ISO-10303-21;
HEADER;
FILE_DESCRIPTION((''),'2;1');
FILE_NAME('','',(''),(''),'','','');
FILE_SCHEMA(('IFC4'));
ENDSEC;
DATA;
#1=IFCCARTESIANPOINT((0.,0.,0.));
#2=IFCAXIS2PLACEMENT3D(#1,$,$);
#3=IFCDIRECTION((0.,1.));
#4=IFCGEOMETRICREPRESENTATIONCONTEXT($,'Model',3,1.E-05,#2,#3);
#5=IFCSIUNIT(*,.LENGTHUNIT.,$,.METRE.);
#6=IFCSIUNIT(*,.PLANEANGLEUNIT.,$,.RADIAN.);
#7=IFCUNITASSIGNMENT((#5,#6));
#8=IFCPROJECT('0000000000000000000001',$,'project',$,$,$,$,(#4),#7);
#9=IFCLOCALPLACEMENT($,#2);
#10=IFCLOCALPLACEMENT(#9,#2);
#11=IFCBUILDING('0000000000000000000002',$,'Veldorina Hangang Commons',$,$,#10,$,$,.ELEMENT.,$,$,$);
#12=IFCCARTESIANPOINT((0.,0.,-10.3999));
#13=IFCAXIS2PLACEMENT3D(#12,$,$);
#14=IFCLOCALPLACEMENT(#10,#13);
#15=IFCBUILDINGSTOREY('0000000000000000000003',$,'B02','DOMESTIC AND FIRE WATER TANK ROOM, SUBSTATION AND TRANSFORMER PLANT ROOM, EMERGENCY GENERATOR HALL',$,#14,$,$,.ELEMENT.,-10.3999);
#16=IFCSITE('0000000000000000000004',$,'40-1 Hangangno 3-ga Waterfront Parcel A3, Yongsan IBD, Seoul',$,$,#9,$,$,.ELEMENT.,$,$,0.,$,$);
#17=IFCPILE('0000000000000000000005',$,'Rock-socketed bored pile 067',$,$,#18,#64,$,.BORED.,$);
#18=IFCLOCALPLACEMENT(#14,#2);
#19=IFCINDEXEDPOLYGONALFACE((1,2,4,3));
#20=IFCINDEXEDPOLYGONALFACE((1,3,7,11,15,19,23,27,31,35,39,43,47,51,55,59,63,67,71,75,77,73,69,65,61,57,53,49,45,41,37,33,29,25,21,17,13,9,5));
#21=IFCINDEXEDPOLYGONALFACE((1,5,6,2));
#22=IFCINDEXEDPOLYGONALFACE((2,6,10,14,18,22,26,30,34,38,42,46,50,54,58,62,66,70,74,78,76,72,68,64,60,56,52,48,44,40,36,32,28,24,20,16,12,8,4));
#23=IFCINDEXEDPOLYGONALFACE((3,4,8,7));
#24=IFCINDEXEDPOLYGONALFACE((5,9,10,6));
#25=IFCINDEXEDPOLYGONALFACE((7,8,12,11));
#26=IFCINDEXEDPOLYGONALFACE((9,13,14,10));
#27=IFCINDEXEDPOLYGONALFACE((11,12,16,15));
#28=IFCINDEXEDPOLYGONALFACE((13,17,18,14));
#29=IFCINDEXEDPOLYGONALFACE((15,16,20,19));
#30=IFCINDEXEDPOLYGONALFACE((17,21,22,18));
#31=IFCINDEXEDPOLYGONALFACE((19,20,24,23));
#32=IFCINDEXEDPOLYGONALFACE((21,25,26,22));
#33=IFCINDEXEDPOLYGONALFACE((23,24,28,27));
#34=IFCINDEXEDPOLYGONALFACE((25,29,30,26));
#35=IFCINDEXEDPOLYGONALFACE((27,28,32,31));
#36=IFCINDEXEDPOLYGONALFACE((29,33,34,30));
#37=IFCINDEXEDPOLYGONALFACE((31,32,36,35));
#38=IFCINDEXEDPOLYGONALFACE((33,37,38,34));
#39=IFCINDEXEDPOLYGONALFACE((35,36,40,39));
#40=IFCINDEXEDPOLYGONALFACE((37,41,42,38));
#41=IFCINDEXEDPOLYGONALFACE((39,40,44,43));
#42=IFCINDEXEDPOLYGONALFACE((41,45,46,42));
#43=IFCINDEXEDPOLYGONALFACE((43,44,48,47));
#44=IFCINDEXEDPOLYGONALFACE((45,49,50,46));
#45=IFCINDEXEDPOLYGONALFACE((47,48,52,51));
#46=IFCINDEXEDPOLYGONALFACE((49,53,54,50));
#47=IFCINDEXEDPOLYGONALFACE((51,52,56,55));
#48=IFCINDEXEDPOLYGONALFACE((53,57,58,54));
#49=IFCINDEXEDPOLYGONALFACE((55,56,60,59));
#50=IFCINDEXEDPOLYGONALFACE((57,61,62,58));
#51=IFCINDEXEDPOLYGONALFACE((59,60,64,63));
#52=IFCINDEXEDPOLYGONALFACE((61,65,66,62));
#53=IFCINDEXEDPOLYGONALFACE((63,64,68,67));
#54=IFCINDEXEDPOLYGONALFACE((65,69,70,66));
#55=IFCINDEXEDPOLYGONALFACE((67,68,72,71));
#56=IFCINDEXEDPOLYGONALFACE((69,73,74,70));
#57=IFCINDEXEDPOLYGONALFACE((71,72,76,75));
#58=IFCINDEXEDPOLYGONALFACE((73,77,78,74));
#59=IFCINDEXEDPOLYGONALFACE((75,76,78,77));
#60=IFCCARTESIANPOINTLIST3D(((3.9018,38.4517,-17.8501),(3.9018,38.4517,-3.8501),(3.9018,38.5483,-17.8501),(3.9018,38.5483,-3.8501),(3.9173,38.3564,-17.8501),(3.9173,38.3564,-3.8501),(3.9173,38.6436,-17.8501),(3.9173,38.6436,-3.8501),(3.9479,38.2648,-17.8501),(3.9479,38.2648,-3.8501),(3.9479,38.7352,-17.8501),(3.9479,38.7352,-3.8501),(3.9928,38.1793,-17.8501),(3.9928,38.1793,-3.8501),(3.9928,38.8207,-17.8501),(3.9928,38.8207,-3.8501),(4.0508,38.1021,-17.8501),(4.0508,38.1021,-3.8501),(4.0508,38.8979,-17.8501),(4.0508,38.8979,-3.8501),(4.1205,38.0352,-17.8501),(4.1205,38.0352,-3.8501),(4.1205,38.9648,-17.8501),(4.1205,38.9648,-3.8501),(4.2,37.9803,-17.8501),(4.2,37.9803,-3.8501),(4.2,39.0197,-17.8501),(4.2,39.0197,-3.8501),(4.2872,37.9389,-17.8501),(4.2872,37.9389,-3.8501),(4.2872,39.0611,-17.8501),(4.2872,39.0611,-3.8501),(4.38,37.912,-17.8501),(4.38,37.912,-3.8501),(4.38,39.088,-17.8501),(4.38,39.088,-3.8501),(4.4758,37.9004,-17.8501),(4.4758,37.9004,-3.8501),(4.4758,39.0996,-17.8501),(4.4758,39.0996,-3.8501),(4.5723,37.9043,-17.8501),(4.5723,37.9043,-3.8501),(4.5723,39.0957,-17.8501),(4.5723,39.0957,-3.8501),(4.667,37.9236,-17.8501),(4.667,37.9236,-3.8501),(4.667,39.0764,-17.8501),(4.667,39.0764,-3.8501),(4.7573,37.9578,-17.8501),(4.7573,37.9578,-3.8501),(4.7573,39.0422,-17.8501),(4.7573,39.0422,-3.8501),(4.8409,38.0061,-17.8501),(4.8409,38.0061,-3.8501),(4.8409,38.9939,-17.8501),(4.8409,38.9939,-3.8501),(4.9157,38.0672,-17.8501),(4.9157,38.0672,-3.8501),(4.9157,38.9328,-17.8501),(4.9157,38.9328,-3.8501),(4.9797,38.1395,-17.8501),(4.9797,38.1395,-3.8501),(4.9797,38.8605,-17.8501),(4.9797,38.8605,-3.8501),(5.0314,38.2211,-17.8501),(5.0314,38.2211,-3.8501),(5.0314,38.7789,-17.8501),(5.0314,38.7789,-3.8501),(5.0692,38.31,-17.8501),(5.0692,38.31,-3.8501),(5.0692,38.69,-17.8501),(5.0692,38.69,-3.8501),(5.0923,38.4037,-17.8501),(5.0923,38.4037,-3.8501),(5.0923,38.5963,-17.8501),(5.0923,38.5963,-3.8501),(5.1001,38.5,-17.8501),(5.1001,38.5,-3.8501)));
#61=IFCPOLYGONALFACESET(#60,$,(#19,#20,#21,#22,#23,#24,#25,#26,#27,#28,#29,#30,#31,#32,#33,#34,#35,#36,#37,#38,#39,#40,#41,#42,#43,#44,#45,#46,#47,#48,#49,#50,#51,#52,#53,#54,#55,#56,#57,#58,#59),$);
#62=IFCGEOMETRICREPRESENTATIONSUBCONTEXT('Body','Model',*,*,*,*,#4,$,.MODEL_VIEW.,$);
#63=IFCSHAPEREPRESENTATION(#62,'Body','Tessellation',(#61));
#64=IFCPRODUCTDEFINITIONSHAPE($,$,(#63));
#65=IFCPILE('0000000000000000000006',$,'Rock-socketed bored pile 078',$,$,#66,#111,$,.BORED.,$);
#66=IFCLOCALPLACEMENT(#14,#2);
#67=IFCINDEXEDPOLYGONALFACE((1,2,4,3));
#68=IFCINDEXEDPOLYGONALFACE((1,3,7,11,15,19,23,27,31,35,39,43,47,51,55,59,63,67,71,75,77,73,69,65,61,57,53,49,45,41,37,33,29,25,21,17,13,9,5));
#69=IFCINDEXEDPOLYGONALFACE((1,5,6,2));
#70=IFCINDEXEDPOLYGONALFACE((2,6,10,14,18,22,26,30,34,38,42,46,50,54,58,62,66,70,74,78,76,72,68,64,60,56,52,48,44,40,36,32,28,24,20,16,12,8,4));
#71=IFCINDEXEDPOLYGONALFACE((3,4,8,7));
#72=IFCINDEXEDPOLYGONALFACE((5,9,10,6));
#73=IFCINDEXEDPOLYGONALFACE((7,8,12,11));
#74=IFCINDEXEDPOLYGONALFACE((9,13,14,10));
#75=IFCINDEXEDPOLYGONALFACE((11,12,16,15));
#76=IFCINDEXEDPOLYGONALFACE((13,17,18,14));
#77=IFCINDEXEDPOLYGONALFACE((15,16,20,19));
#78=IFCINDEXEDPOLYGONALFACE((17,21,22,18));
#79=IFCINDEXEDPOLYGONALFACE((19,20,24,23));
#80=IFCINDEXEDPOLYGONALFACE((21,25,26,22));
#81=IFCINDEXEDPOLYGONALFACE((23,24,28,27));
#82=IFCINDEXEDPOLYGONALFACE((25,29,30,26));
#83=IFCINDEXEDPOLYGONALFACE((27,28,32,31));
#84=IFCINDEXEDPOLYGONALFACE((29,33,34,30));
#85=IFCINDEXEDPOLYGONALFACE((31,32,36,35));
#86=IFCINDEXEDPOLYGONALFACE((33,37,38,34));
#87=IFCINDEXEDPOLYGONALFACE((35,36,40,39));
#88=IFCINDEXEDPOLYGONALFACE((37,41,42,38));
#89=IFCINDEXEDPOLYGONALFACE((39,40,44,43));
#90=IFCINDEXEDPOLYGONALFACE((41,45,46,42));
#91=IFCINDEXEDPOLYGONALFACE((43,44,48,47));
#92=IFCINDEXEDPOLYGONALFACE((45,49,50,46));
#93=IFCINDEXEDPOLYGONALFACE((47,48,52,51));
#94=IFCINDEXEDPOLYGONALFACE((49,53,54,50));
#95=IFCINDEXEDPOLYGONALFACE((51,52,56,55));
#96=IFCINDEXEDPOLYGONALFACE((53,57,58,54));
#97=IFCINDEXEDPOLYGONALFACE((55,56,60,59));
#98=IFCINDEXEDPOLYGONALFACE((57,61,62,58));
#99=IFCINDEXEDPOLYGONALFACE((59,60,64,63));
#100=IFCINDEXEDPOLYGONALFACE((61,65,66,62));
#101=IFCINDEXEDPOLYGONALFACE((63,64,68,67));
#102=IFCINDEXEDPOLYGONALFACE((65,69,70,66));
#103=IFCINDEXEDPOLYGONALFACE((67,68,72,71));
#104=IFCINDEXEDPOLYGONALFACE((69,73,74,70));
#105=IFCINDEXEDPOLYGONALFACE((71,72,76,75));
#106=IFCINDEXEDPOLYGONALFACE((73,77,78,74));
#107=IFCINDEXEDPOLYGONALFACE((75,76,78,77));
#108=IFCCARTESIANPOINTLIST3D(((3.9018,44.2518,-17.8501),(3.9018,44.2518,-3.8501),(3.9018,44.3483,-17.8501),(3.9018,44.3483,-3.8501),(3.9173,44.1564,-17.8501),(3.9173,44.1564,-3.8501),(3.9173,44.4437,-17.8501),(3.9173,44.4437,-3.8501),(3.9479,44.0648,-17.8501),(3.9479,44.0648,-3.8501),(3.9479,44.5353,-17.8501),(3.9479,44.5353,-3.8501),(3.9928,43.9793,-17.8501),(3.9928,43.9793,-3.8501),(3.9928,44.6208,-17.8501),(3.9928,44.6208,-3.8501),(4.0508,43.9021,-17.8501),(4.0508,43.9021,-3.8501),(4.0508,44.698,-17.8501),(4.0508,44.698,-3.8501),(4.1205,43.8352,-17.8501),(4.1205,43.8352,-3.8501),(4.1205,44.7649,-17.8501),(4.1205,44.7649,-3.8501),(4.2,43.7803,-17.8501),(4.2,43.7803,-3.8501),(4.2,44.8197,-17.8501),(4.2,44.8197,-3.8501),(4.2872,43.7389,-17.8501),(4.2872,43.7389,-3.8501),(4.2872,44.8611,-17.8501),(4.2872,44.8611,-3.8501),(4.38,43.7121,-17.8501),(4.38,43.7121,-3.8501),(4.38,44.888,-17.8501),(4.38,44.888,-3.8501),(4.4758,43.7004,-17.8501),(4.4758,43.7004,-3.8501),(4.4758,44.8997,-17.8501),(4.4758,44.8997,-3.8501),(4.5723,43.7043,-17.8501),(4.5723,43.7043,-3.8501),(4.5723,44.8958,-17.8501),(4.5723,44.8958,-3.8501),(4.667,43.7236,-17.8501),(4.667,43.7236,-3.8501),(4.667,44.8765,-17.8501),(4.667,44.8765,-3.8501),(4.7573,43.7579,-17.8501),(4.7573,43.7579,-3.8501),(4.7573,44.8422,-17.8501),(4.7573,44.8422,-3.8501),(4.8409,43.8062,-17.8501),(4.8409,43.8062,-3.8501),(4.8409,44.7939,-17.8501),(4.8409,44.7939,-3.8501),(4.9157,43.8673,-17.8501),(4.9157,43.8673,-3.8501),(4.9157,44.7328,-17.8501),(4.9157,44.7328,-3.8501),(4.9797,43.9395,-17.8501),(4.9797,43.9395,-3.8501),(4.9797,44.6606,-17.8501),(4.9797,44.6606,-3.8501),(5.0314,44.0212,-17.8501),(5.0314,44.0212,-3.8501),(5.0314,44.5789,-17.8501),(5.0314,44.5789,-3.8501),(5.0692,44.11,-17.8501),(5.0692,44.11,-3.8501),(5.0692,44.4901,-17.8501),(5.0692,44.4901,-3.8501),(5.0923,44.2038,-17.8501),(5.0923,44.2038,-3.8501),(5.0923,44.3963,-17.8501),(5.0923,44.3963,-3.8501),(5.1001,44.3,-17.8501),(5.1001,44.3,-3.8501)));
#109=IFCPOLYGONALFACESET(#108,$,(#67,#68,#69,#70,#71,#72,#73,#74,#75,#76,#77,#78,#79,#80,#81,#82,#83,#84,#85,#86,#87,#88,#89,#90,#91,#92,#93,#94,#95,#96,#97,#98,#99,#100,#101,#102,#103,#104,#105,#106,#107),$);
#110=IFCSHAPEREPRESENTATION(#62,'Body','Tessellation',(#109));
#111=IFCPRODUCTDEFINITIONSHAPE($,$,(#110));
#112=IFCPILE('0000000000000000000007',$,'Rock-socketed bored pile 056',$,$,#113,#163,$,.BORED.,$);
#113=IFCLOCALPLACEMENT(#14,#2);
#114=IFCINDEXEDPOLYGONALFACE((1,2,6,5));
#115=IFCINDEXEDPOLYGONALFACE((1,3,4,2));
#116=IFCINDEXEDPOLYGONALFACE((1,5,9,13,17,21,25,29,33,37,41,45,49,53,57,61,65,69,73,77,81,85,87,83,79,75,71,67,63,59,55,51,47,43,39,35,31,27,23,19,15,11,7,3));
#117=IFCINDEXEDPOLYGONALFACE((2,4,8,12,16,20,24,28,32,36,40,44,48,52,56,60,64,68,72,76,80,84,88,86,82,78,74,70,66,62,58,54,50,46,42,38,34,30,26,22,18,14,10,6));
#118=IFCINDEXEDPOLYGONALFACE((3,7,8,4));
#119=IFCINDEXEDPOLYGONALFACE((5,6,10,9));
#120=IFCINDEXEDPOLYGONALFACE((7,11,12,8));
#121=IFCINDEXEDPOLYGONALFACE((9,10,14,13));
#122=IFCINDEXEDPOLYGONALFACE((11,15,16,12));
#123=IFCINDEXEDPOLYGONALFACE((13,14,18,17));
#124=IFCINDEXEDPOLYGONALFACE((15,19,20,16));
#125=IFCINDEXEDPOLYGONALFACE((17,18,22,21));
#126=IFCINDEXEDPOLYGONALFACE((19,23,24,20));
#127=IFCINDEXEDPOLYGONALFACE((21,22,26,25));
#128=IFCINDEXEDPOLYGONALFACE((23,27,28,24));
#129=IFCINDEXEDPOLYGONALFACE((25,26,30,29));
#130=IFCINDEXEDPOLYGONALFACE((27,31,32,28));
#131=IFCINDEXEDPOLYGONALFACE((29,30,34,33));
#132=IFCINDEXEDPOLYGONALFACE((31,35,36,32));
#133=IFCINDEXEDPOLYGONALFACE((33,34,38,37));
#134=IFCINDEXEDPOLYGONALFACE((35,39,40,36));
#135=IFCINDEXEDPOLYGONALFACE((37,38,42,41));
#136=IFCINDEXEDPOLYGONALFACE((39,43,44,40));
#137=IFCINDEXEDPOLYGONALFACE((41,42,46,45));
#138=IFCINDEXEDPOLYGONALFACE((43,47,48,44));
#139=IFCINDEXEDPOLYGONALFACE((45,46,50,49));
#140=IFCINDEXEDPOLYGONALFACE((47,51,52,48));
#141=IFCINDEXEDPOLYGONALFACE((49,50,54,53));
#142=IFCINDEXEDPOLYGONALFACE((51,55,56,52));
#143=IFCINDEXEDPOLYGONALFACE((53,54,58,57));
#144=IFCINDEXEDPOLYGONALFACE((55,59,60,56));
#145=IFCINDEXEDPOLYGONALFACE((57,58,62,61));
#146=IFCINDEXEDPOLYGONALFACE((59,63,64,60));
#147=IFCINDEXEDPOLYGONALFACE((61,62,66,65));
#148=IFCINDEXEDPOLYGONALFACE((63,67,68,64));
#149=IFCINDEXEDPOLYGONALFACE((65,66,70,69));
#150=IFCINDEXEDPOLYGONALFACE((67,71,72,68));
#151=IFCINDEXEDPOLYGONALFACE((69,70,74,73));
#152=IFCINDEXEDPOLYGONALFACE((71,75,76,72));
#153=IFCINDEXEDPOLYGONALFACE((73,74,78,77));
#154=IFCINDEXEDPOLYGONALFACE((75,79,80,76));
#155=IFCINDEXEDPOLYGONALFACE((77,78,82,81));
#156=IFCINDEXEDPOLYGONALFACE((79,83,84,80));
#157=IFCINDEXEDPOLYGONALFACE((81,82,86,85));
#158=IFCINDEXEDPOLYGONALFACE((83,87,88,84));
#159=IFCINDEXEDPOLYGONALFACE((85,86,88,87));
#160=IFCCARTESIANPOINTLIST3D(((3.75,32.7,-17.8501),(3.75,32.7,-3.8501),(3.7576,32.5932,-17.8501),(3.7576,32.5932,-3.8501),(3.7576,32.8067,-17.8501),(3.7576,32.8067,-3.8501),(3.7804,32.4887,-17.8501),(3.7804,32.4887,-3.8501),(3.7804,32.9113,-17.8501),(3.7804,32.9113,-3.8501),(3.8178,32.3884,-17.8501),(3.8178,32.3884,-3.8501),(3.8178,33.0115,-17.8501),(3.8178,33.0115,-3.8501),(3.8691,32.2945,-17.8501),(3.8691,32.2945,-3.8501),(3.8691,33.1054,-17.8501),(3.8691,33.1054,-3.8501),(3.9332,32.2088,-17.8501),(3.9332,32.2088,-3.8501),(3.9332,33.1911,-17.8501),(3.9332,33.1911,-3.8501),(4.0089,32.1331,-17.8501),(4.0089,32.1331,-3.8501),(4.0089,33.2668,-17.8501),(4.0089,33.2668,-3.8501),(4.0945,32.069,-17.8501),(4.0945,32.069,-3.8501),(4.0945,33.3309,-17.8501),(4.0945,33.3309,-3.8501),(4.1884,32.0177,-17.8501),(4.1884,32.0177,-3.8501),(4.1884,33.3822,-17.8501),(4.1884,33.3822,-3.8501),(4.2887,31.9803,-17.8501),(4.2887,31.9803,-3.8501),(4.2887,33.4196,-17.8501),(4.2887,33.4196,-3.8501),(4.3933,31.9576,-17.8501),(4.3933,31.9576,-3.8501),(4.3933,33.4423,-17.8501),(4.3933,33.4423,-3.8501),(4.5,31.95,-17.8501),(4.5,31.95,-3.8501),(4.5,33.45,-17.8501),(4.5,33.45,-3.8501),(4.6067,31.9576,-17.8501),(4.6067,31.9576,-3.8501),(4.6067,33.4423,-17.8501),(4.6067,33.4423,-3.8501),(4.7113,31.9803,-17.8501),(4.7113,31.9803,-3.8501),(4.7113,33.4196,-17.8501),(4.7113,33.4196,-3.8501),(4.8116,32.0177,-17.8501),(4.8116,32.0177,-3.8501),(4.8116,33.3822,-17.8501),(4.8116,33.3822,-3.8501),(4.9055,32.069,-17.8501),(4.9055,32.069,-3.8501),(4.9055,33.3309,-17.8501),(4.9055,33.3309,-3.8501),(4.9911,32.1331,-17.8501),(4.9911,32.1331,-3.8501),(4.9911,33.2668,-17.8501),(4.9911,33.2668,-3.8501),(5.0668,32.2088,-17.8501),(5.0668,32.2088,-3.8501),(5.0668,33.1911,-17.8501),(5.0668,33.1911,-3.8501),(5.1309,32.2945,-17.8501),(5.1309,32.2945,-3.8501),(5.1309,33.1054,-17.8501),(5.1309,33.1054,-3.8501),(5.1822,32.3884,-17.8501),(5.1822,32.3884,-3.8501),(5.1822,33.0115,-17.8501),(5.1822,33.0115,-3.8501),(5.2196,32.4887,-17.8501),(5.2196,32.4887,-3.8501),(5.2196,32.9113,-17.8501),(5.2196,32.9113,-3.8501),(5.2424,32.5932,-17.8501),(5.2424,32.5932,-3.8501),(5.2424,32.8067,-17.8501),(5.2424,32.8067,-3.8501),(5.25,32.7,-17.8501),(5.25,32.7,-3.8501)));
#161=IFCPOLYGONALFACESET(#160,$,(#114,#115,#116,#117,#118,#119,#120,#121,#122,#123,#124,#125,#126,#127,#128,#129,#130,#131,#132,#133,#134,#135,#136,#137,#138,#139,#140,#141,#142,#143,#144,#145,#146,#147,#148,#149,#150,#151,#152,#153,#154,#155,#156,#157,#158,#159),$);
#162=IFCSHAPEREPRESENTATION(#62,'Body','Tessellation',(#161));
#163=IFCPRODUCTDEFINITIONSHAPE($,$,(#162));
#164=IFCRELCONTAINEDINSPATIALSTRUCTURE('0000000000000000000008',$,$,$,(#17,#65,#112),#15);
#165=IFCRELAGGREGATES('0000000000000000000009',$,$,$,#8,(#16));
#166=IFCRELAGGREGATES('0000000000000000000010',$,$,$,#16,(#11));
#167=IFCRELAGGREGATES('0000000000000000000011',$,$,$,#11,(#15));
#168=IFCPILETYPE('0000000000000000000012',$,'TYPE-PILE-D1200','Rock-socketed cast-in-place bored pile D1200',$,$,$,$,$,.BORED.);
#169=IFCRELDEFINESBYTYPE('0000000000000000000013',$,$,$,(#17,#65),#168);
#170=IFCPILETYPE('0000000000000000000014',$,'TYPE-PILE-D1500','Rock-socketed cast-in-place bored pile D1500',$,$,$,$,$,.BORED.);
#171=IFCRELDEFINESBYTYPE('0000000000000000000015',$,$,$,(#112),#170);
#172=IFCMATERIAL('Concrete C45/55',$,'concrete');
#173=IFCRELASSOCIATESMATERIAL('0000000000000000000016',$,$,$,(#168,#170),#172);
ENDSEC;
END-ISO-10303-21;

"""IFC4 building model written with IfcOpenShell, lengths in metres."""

from ifc_helpers import new_model, si_unit, direction, frame, origin, origin_2d, place, context, subcontext, project, spatial, circle, extrude, material, material_profile, profile_set, type_object, element, save


model = new_model("IFC4")

# Units and contexts
model_context = context("Model", 3, precision=1e-05, world=origin(), true_north=direction((0.0, 1.0)))
body_context = subcontext(model_context, "Body", "Model", "MODEL_VIEW")
ifc_project = project(units=[si_unit("LENGTHUNIT", "METRE"), si_unit("PLANEANGLEUNIT", "RADIAN")], contexts=[model_context])

# Site, building, storey
site_placement = place(None, origin())
site = spatial("IfcSite", under=ifc_project, at=site_placement, Name="40-1 Hangangno 3-ga Waterfront Parcel A3, Yongsan IBD, Seoul", CompositionType="ELEMENT", RefElevation=0.0)
building_placement = place(site_placement, origin())
building = spatial("IfcBuilding", under=site, at=building_placement, Name="Veldorina Hangang Commons", CompositionType="ELEMENT")
storey_placement = place(building_placement, frame((0.0, 0.0, -10.3999)))
storey = spatial("IfcBuildingStorey", under=building, at=storey_placement, Name="B02", Description="DOMESTIC AND FIRE WATER TANK ROOM, SUBSTATION AND TRANSFORMER PLANT ROOM, EMERGENCY GENERATOR HALL", CompositionType="ELEMENT", Elevation=-10.3999)

# Piles
ifc_material_1 = material(Name="Concrete C45/55", Category="concrete")
ifc_material_profile_1 = material_profile(ifc_material_1, circle(Radius=0.6001, at=origin_2d()), Name="PILE-D1200")
ifc_profile_set_1 = profile_set([ifc_material_profile_1], Name="Concrete C45/55")
pile_type_1 = type_object("IfcPileType", Name="TYPE-PILE-D1200", Description="Rock-socketed cast-in-place bored pile D1200", PredefinedType="BORED", material=ifc_profile_set_1)
for number, where, z_axis, x_axis, name in (
    (1, (4.5, 38.5, -3.8501), (0.0, 0.0, -1.0), (1.0, 0.0, 0.0), "Rock-socketed bored pile 067"),
    (2, (4.5, 44.3, -3.8501), (0.0, 0.0, -1.0), (1.0, 0.0, 0.0), "Rock-socketed bored pile 078"),
):
    element("IfcPile", number, at=place(storey_placement, frame(where, z_axis=z_axis, x_axis=x_axis)), inside=storey, type_object=pile_type_1, Name=name, PredefinedType="BORED", context=body_context, shape_type="SweptSolid", body=[
        extrude(circle(Radius=0.6001, at=origin_2d()), origin(), (0.0, 0.0, 1.0), 14.0),
    ])
ifc_material_profile_2 = material_profile(ifc_material_1, circle(Radius=0.75, at=origin_2d()), Name="PILE-D1500")
ifc_profile_set_2 = profile_set([ifc_material_profile_2], Name="Concrete C45/55")
pile_type_2 = type_object("IfcPileType", Name="TYPE-PILE-D1500", Description="Rock-socketed cast-in-place bored pile D1500", PredefinedType="BORED", material=ifc_profile_set_2)
for number, where, z_axis, x_axis, name in (
    (3, (4.5, 32.7, -3.8501), (0.0, 0.0, -1.0), (1.0, 0.0, 0.0), "Rock-socketed bored pile 056"),
):
    element("IfcPile", number, at=place(storey_placement, frame(where, z_axis=z_axis, x_axis=x_axis)), inside=storey, type_object=pile_type_2, Name=name, PredefinedType="BORED", context=body_context, shape_type="SweptSolid", body=[
        extrude(circle(Radius=0.75, at=origin_2d()), origin(), (0.0, 0.0, 1.0), 14.0),
    ])

save(model, "model.ifc")
